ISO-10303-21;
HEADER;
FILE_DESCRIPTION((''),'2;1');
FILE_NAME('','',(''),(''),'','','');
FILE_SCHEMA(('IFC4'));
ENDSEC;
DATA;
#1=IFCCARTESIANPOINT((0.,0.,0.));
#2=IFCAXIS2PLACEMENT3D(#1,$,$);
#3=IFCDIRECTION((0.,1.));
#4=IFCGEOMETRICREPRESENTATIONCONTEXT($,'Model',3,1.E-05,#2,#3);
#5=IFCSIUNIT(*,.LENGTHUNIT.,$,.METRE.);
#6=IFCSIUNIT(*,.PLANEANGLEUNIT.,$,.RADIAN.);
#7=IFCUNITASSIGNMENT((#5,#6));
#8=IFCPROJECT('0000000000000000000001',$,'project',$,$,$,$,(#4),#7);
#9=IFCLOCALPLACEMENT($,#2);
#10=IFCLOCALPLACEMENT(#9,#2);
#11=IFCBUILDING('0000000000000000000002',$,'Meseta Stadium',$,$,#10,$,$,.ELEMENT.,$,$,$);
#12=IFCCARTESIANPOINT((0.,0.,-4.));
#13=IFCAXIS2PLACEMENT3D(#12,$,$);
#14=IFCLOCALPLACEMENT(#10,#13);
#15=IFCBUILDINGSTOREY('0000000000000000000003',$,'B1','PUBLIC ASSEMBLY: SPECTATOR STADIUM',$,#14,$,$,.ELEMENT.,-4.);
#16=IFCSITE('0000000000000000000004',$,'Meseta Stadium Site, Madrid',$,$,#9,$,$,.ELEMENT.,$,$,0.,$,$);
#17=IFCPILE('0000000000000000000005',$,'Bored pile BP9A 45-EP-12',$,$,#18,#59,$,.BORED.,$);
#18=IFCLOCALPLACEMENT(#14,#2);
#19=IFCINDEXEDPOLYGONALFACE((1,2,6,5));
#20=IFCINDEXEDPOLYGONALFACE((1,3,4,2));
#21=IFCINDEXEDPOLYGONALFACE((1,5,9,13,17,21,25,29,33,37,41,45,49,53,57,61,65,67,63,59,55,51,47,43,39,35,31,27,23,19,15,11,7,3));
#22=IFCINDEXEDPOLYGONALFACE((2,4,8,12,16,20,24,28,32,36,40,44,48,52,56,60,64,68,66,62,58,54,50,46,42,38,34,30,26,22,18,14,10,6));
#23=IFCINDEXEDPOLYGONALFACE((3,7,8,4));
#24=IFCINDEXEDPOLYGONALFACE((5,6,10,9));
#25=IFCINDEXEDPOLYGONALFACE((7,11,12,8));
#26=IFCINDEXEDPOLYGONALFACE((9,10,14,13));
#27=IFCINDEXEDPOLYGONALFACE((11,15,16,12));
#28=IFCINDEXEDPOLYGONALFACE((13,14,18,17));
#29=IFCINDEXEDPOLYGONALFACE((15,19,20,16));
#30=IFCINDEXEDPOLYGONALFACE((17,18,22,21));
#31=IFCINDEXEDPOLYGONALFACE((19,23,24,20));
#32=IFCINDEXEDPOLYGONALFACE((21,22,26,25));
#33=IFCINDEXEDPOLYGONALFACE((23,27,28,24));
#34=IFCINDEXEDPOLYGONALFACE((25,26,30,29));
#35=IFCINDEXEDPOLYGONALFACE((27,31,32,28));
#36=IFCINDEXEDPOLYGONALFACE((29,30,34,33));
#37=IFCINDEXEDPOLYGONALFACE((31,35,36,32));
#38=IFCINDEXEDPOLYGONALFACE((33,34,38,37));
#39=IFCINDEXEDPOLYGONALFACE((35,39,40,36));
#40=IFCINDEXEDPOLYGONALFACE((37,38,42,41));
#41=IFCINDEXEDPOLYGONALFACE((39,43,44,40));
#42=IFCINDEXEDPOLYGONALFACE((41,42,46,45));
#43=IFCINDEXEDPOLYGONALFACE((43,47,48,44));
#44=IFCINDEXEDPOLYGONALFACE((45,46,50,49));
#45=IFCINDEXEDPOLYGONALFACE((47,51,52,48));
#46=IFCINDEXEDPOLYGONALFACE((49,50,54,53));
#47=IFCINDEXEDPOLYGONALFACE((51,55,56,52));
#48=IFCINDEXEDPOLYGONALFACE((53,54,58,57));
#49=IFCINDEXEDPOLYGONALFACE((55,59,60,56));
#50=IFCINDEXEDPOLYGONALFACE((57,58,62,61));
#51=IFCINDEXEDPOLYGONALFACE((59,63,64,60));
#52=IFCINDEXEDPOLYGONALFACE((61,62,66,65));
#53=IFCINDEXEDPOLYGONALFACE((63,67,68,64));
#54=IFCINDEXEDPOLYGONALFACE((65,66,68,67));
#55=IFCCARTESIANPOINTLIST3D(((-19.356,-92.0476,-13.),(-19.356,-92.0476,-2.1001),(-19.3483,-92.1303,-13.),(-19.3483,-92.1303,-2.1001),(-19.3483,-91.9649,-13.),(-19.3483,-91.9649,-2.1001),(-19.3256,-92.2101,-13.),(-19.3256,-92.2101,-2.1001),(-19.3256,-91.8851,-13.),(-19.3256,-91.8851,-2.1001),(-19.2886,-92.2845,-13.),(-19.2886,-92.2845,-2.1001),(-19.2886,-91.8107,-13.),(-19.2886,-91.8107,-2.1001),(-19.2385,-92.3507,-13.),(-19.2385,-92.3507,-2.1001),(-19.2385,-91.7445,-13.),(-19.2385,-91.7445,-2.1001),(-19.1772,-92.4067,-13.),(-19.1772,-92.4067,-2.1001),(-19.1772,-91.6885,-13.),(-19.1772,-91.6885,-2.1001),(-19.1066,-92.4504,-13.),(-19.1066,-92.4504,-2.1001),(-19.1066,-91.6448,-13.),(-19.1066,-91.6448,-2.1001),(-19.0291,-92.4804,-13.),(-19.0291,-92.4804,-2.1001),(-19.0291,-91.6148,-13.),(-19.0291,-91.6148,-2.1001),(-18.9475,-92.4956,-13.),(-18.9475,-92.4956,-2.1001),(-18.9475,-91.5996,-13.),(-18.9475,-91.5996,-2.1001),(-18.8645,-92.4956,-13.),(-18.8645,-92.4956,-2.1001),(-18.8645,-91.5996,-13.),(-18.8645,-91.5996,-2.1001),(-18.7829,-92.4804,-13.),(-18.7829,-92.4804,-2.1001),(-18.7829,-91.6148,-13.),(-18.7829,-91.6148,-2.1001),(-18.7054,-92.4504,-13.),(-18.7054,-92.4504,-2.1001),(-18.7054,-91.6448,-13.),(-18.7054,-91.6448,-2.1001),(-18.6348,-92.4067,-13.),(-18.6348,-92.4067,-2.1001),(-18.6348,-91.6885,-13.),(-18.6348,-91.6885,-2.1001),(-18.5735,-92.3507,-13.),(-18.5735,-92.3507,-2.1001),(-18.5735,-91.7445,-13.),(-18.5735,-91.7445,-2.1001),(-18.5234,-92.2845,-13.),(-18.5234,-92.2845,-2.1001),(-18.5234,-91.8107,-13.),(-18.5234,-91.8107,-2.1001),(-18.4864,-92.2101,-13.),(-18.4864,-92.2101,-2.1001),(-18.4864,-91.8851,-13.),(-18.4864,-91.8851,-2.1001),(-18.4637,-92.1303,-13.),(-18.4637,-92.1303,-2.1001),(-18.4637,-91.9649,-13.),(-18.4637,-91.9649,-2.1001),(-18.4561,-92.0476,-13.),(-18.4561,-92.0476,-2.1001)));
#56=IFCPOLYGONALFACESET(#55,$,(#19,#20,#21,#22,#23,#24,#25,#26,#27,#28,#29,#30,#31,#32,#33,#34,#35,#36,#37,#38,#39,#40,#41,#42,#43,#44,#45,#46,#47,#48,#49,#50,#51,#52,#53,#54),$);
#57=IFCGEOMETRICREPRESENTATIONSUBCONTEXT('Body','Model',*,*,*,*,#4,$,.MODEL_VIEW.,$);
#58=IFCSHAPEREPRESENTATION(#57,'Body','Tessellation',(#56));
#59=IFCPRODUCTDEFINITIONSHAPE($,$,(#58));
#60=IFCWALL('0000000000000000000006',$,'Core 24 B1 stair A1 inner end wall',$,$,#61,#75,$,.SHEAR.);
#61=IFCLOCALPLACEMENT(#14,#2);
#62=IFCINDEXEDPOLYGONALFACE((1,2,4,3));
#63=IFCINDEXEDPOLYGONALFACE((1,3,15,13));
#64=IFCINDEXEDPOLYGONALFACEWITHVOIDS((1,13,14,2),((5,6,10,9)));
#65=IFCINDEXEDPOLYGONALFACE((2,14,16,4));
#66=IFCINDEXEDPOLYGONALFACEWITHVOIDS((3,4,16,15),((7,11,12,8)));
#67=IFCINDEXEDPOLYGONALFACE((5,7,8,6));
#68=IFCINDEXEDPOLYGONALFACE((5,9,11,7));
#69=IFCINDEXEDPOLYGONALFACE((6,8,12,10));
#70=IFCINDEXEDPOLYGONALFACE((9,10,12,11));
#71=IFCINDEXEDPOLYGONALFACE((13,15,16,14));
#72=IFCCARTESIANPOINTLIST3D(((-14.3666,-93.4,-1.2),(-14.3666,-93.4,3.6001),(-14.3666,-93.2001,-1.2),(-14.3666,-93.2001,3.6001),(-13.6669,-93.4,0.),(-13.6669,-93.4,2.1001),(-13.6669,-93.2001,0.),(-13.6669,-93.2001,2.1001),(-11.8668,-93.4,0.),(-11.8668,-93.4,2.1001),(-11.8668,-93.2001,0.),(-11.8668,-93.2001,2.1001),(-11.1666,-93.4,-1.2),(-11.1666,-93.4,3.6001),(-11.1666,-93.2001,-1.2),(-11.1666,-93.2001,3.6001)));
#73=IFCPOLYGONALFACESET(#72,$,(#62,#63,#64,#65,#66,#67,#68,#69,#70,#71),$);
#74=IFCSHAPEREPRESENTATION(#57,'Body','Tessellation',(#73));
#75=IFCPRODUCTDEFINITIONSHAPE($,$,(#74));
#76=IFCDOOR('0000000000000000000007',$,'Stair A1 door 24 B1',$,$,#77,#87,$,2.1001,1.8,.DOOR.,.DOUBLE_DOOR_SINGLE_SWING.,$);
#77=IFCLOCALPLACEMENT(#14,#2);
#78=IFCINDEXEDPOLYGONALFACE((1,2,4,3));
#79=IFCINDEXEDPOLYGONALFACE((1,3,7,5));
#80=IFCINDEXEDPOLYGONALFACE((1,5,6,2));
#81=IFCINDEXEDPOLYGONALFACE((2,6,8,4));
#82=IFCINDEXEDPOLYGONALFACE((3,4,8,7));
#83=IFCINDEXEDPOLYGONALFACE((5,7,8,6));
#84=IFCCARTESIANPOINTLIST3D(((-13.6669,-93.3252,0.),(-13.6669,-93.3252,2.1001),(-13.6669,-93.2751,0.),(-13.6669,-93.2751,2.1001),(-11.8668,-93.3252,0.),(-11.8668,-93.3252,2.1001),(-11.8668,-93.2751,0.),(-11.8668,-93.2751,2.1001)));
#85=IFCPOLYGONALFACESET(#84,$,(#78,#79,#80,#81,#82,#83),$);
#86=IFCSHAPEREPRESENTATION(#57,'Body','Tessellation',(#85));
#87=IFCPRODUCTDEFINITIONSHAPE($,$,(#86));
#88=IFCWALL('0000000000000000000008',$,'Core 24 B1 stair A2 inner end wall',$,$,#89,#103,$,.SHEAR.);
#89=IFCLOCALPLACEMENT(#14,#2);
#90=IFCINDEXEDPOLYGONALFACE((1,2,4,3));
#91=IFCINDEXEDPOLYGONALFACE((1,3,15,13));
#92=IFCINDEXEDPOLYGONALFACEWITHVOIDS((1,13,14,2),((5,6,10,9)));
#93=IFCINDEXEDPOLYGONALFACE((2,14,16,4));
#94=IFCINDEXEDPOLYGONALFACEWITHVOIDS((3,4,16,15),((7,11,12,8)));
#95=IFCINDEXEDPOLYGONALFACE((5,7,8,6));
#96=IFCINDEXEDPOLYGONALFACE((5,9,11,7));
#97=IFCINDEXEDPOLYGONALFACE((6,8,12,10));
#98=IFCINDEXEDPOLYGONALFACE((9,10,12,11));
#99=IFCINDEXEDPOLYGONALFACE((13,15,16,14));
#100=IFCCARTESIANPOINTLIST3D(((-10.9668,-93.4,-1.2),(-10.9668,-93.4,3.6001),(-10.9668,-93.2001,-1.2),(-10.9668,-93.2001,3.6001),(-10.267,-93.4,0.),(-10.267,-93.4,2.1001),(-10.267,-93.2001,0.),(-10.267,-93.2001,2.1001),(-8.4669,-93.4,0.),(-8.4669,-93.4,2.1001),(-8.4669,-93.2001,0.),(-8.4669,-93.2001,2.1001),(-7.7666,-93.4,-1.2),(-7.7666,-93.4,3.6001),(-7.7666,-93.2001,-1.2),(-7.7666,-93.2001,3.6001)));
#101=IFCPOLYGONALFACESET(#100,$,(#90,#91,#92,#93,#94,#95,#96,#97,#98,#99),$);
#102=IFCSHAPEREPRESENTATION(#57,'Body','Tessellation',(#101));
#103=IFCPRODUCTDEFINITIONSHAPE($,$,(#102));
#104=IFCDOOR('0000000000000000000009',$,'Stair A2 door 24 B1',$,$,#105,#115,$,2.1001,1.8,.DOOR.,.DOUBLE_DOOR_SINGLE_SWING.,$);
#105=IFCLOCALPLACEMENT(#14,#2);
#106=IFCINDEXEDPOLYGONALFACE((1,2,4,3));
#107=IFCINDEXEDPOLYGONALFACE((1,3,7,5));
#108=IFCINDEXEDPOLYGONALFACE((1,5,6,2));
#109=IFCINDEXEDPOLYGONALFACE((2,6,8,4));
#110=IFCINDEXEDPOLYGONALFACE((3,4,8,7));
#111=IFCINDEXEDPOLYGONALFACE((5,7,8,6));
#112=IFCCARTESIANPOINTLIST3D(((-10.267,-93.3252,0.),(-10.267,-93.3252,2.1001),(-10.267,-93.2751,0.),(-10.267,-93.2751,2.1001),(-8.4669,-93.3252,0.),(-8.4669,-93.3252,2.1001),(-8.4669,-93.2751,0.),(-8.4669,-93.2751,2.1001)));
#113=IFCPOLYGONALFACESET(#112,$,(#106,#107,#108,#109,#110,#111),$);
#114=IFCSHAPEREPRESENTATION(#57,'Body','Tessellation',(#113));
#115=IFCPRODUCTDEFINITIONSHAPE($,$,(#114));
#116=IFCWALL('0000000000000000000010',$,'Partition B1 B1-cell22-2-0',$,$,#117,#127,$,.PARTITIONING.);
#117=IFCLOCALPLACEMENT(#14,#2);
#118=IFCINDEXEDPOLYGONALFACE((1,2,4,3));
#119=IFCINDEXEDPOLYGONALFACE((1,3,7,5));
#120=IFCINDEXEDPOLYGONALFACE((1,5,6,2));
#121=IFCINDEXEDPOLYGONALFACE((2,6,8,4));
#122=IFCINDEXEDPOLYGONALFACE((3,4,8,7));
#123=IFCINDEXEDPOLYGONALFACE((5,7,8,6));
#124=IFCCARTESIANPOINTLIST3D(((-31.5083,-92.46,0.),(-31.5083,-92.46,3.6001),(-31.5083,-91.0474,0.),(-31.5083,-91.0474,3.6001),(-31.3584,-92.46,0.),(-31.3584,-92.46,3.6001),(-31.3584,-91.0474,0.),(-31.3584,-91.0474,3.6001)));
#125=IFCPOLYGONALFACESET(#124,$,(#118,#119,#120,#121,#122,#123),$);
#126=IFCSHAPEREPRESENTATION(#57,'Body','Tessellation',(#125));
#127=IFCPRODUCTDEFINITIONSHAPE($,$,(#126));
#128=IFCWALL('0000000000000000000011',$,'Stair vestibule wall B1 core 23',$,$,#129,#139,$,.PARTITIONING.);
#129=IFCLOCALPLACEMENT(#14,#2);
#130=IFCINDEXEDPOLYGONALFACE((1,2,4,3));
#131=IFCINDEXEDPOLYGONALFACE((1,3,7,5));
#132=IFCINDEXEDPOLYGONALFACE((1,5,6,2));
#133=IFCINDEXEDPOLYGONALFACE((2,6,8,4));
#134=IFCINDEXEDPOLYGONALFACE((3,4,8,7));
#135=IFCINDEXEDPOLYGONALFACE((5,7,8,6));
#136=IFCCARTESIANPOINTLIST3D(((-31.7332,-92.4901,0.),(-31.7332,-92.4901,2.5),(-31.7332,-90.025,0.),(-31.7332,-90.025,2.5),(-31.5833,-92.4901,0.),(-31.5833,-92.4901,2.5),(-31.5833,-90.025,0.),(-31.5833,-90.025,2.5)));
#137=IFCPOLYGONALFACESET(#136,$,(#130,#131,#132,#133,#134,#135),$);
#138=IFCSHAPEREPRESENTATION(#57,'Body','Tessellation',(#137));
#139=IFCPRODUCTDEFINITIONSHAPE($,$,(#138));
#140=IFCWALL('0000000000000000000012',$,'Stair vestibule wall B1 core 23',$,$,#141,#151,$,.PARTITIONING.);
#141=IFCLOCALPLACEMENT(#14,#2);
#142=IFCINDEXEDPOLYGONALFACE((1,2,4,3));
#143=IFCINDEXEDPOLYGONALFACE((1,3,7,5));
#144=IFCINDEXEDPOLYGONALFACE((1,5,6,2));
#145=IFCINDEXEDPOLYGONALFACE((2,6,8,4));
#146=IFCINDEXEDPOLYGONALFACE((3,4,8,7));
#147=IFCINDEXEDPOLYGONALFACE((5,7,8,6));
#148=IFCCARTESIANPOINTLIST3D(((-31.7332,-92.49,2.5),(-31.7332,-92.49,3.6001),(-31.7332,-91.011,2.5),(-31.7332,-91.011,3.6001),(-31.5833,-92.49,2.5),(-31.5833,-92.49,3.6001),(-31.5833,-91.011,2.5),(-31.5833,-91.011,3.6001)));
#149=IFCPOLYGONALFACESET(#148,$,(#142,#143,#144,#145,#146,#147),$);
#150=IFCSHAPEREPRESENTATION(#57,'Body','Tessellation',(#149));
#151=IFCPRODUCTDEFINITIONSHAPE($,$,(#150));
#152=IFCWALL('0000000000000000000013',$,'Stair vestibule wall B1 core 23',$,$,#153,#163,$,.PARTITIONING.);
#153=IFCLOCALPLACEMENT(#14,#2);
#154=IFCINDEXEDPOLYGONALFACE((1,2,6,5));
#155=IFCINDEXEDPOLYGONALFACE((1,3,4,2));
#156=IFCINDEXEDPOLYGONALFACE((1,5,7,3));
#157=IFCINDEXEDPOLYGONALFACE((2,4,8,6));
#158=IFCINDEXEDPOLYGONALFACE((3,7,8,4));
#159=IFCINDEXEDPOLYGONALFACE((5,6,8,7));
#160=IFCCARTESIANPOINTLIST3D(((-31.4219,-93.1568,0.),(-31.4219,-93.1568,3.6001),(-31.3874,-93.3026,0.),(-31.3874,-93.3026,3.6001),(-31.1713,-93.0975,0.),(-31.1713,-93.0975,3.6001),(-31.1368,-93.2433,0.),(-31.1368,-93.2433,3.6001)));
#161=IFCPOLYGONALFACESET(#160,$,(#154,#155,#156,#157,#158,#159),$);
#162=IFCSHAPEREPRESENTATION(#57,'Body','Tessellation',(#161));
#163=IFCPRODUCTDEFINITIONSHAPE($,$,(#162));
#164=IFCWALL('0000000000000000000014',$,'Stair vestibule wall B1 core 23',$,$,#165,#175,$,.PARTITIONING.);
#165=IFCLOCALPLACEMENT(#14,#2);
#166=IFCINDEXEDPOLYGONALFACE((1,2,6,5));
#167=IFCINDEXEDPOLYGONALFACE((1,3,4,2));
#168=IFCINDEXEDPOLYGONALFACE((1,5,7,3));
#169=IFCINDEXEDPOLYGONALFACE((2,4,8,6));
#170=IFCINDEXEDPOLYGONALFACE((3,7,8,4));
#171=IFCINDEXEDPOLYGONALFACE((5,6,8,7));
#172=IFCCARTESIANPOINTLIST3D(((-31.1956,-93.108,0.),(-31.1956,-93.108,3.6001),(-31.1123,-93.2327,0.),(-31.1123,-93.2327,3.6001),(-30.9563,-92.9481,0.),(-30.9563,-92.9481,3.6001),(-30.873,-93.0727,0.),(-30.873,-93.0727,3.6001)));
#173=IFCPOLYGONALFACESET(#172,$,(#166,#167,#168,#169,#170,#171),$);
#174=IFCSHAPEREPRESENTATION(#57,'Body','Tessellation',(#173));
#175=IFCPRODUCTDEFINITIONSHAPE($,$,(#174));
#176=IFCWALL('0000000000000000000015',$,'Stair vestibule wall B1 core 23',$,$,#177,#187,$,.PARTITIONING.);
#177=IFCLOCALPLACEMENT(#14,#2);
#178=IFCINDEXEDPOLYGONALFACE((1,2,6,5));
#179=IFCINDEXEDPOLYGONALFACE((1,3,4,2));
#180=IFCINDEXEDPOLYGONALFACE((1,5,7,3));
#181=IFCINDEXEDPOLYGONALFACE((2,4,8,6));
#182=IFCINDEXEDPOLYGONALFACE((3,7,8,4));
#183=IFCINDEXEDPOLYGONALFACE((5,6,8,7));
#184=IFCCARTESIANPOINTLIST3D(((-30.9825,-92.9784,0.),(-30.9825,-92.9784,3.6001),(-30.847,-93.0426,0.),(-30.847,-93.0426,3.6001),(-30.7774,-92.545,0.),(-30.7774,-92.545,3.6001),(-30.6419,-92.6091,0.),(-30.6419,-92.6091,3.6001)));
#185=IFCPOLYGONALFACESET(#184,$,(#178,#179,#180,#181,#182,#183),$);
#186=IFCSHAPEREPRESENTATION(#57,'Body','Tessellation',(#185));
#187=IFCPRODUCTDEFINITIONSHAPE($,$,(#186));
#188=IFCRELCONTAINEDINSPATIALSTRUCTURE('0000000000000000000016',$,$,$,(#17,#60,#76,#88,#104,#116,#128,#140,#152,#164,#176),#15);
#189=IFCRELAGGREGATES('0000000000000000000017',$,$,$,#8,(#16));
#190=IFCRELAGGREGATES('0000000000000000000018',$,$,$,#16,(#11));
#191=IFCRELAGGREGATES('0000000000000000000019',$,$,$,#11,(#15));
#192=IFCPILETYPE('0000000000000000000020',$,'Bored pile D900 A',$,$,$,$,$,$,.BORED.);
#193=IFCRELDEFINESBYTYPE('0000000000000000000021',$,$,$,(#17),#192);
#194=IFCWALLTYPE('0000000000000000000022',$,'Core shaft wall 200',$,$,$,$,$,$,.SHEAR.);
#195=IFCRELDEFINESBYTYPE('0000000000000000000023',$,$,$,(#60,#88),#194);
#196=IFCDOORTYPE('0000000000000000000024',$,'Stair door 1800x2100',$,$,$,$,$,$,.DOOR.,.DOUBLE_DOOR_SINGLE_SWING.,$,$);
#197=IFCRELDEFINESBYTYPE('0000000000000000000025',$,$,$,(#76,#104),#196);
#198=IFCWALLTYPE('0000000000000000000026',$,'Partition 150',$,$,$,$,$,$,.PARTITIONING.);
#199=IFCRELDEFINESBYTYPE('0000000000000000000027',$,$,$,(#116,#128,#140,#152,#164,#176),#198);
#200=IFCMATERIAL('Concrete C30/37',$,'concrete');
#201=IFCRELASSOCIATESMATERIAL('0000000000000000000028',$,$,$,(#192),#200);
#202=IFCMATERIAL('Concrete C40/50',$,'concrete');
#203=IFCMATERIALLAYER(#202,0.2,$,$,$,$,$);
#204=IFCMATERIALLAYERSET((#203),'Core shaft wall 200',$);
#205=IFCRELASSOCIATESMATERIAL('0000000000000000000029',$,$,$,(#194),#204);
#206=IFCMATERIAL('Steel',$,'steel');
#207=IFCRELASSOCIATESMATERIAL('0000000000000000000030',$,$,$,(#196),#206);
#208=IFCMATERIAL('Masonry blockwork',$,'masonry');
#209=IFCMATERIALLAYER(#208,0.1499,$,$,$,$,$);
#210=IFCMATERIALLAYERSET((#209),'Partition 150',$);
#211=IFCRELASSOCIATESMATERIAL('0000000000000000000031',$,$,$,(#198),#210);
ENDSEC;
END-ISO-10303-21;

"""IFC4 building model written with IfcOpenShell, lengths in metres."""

from ifc_helpers import new_model, si_unit, direction, frame, frame_2d, origin, origin_2d, place, context, subcontext, project, spatial, rectangle, circle, extrude, material, layer, layer_set, material_profile, profile_set, type_object, element, fill, save


model = new_model("IFC4")

# Units and contexts
model_context = context("Model", 3, precision=1e-05, world=origin(), true_north=direction((0.0, 1.0)))
body_context = subcontext(model_context, "Body", "Model", "MODEL_VIEW")
ifc_project = project(units=[si_unit("LENGTHUNIT", "METRE"), si_unit("PLANEANGLEUNIT", "RADIAN")], contexts=[model_context])

# Site, building, storey
site_placement = place(None, origin())
site = spatial("IfcSite", under=ifc_project, at=site_placement, Name="Meseta Stadium Site, Madrid", CompositionType="ELEMENT", RefElevation=0.0)
building_placement = place(site_placement, origin())
building = spatial("IfcBuilding", under=site, at=building_placement, Name="Meseta Stadium", CompositionType="ELEMENT")
storey_placement = place(building_placement, frame((0.0, 0.0, -4.0)))
storey = spatial("IfcBuildingStorey", under=building, at=storey_placement, Name="B1", Description="PUBLIC ASSEMBLY: SPECTATOR STADIUM", CompositionType="ELEMENT", Elevation=-4.0)

# Pile
ifc_material_1 = material(Name="Concrete C30/37", Category="concrete")
ifc_material_profile = material_profile(ifc_material_1, circle(Radius=0.45, at=origin_2d()), Name="D900")
ifc_profile_set = profile_set([ifc_material_profile], Name="Concrete C30/37")
pile_type = type_object("IfcPileType", Name="Bored pile D900 A", PredefinedType="BORED", material=ifc_profile_set)
pile_placement = place(storey_placement, frame((-18.906, -92.0476, -2.1001), z_axis=(0.0, 0.0, -1.0), x_axis=(1.0, 0.0, 0.0)))
element("IfcPile", 1, at=pile_placement, inside=storey, type_object=pile_type, Name="Bored pile BP9A 45-EP-12", PredefinedType="BORED", context=body_context, shape_type="SweptSolid", body=[
    extrude(circle(Radius=0.45, at=origin_2d()), origin(), (0.0, 0.0, 1.0), 10.8999),
])

# Walls, openings, doors
ifc_material_2 = material(Name="Concrete C40/50", Category="concrete")
ifc_layer_1 = layer(ifc_material_2, 0.2)
ifc_layer_set_1 = layer_set([ifc_layer_1], Name="Core shaft wall 200")
wall_type_1 = type_object("IfcWallType", Name="Core shaft wall 200", PredefinedType="SHEAR", material=ifc_layer_set_1)
wall_1_placement = place(storey_placement, frame((-14.3667, -93.3, -1.2), z_axis=(0.0, 0.0, 1.0), x_axis=(1.0, 0.0, 0.0)))
wall_1 = element("IfcWall", 2, at=wall_1_placement, inside=storey, type_object=wall_type_1, Name="Core 24 B1 stair A1 inner end wall", PredefinedType="SHEAR", context=body_context, shape_type="SweptSolid", body=[
    extrude(rectangle(XDim=3.2, YDim=0.2, at=frame_2d((1.6001, 0.0))), origin(), (0.0, 0.0, 1.0), 4.8),
])
opening_1_placement = place(wall_1_placement, frame((0.7, 0.0, 1.2)))
opening_1 = element("IfcOpeningElement", 3, at=opening_1_placement, cuts=wall_1, PredefinedType="OPENING", context=body_context, shape_type="SweptSolid", body=[
    extrude(rectangle(XDim=1.8, YDim=2.1001, at=frame_2d((0.8999, 1.05))), frame((0.0, 0.1099, 0.0), z_axis=(0.0, -1.0, 0.0), x_axis=(1.0, 0.0, 0.0)), (0.0, 0.0, 1.0), 0.22),
])
ifc_material_3 = material(Name="Steel", Category="steel")
door_type = type_object("IfcDoorType", Name="Stair door 1800x2100", OperationType="DOUBLE_DOOR_SINGLE_SWING", PredefinedType="DOOR", material=ifc_material_3)
door_1_placement = place(opening_1_placement, origin())
door_1 = element("IfcDoor", 4, at=door_1_placement, inside=storey, type_object=door_type, Name="Stair A1 door 24 B1", OperationType="DOUBLE_DOOR_SINGLE_SWING", OverallHeight=2.1001, OverallWidth=1.8, PredefinedType="DOOR", context=body_context, shape_type="SweptSolid", body=[
    extrude(rectangle(XDim=1.8, YDim=2.1001, at=frame_2d((0.8999, 1.05))), frame((0.0, 0.0249, 0.0), z_axis=(0.0, -1.0, 0.0), x_axis=(1.0, 0.0, 0.0)), (0.0, 0.0, 1.0), 0.05),
])
fill(opening_1, door_1)
wall_2_placement = place(storey_placement, frame((-10.9668, -93.3, -1.2), z_axis=(0.0, 0.0, 1.0), x_axis=(1.0, 0.0, 0.0)))
wall_2 = element("IfcWall", 5, at=wall_2_placement, inside=storey, type_object=wall_type_1, Name="Core 24 B1 stair A2 inner end wall", PredefinedType="SHEAR", context=body_context, shape_type="SweptSolid", body=[
    extrude(rectangle(XDim=3.2002, YDim=0.2, at=frame_2d((1.6001, 0.0))), origin(), (0.0, 0.0, 1.0), 4.8),
])
opening_2_placement = place(wall_2_placement, frame((0.7, 0.0, 1.2)))
opening_2 = element("IfcOpeningElement", 6, at=opening_2_placement, cuts=wall_2, PredefinedType="OPENING", context=body_context, shape_type="SweptSolid", body=[
    extrude(rectangle(XDim=1.8, YDim=2.1001, at=frame_2d((0.8999, 1.05))), frame((0.0, 0.1099, 0.0), z_axis=(0.0, -1.0, 0.0), x_axis=(1.0, 0.0, 0.0)), (0.0, 0.0, 1.0), 0.22),
])
door_2_placement = place(opening_2_placement, origin())
door_2 = element("IfcDoor", 7, at=door_2_placement, inside=storey, type_object=door_type, Name="Stair A2 door 24 B1", OperationType="DOUBLE_DOOR_SINGLE_SWING", OverallHeight=2.1001, OverallWidth=1.8, PredefinedType="DOOR", context=body_context, shape_type="SweptSolid", body=[
    extrude(rectangle(XDim=1.8, YDim=2.1001, at=frame_2d((0.8999, 1.05))), frame((0.0, 0.0249, 0.0), z_axis=(0.0, -1.0, 0.0), x_axis=(1.0, 0.0, 0.0)), (0.0, 0.0, 1.0), 0.05),
])
fill(opening_2, door_2)

# Walls
ifc_material_4 = material(Name="Masonry blockwork", Category="masonry")
ifc_layer_2 = layer(ifc_material_4, 0.1499)
ifc_layer_set_2 = layer_set([ifc_layer_2], Name="Partition 150")
wall_type_2 = type_object("IfcWallType", Name="Partition 150", PredefinedType="PARTITIONING", material=ifc_layer_set_2)
wall_3_placement = place(storey_placement, frame((-31.4333, -92.46, 0.0), z_axis=(0.0, 0.0, 1.0), x_axis=(0.0, 1.0, 0.0)))
element("IfcWall", 8, at=wall_3_placement, inside=storey, type_object=wall_type_2, Name="Partition B1 B1-cell22-2-0", PredefinedType="PARTITIONING", context=body_context, shape_type="SweptSolid", body=[
    extrude(rectangle(XDim=1.4126, YDim=0.1499, at=frame_2d((0.7063, 0.0))), origin(), (0.0, 0.0, 1.0), 3.6001),
])
wall_4_placement = place(storey_placement, frame((-31.6582, -92.49, 0.0), z_axis=(0.0, 0.0, 1.0), x_axis=(0.0, 1.0, 0.0)))
element("IfcWall", 9, at=wall_4_placement, inside=storey, type_object=wall_type_2, Name="Stair vestibule wall B1 core 23", PredefinedType="PARTITIONING", context=body_context, shape_type="SweptSolid", body=[
    extrude(rectangle(XDim=2.4651, YDim=0.1499, at=frame_2d((1.2324, 0.0))), origin(), (0.0, 0.0, 1.0), 2.5),
])
wall_5_placement = place(storey_placement, frame((-31.6582, -92.49, 2.5), z_axis=(0.0, 0.0, 1.0), x_axis=(0.0, 1.0, 0.0)))
element("IfcWall", 10, at=wall_5_placement, inside=storey, type_object=wall_type_2, Name="Stair vestibule wall B1 core 23", PredefinedType="PARTITIONING", context=body_context, shape_type="SweptSolid", body=[
    extrude(rectangle(XDim=1.479, YDim=0.1499, at=frame_2d((0.7395, 0.0))), origin(), (0.0, 0.0, 1.0), 1.1001),
])
wall_6_placement = place(storey_placement, frame((-31.4048, -93.2297, 0.0), z_axis=(0.0, 0.0, 1.0), x_axis=(0.973131, 0.230254, 0.0)))
element("IfcWall", 11, at=wall_6_placement, inside=storey, type_object=wall_type_2, Name="Stair vestibule wall B1 core 23", PredefinedType="PARTITIONING", context=body_context, shape_type="SweptSolid", body=[
    extrude(rectangle(XDim=0.2576, YDim=0.1499, at=frame_2d((0.1289, 0.0))), origin(), (0.0, 0.0, 1.0), 3.6001),
])
wall_7_placement = place(storey_placement, frame((-31.1541, -93.1704, 0.0), z_axis=(0.0, 0.0, 1.0), x_axis=(0.831397, 0.555679, 0.0)))
element("IfcWall", 12, at=wall_7_placement, inside=storey, type_object=wall_type_2, Name="Stair vestibule wall B1 core 23", PredefinedType="PARTITIONING", context=body_context, shape_type="SweptSolid", body=[
    extrude(rectangle(XDim=0.2878, YDim=0.1499, at=frame_2d((0.144, 0.0))), origin(), (0.0, 0.0, 1.0), 3.6001),
])
wall_8_placement = place(storey_placement, frame((-30.9148, -93.0105, 0.0), z_axis=(0.0, 0.0, 1.0), x_axis=(0.427758, 0.903893, 0.0)))
element("IfcWall", 13, at=wall_8_placement, inside=storey, type_object=wall_type_2, Name="Stair vestibule wall B1 core 23", PredefinedType="PARTITIONING", context=body_context, shape_type="SweptSolid", body=[
    extrude(rectangle(XDim=0.4795, YDim=0.1499, at=frame_2d((0.2397, 0.0))), origin(), (0.0, 0.0, 1.0), 3.6001),
])

save(model, "model.ifc")
